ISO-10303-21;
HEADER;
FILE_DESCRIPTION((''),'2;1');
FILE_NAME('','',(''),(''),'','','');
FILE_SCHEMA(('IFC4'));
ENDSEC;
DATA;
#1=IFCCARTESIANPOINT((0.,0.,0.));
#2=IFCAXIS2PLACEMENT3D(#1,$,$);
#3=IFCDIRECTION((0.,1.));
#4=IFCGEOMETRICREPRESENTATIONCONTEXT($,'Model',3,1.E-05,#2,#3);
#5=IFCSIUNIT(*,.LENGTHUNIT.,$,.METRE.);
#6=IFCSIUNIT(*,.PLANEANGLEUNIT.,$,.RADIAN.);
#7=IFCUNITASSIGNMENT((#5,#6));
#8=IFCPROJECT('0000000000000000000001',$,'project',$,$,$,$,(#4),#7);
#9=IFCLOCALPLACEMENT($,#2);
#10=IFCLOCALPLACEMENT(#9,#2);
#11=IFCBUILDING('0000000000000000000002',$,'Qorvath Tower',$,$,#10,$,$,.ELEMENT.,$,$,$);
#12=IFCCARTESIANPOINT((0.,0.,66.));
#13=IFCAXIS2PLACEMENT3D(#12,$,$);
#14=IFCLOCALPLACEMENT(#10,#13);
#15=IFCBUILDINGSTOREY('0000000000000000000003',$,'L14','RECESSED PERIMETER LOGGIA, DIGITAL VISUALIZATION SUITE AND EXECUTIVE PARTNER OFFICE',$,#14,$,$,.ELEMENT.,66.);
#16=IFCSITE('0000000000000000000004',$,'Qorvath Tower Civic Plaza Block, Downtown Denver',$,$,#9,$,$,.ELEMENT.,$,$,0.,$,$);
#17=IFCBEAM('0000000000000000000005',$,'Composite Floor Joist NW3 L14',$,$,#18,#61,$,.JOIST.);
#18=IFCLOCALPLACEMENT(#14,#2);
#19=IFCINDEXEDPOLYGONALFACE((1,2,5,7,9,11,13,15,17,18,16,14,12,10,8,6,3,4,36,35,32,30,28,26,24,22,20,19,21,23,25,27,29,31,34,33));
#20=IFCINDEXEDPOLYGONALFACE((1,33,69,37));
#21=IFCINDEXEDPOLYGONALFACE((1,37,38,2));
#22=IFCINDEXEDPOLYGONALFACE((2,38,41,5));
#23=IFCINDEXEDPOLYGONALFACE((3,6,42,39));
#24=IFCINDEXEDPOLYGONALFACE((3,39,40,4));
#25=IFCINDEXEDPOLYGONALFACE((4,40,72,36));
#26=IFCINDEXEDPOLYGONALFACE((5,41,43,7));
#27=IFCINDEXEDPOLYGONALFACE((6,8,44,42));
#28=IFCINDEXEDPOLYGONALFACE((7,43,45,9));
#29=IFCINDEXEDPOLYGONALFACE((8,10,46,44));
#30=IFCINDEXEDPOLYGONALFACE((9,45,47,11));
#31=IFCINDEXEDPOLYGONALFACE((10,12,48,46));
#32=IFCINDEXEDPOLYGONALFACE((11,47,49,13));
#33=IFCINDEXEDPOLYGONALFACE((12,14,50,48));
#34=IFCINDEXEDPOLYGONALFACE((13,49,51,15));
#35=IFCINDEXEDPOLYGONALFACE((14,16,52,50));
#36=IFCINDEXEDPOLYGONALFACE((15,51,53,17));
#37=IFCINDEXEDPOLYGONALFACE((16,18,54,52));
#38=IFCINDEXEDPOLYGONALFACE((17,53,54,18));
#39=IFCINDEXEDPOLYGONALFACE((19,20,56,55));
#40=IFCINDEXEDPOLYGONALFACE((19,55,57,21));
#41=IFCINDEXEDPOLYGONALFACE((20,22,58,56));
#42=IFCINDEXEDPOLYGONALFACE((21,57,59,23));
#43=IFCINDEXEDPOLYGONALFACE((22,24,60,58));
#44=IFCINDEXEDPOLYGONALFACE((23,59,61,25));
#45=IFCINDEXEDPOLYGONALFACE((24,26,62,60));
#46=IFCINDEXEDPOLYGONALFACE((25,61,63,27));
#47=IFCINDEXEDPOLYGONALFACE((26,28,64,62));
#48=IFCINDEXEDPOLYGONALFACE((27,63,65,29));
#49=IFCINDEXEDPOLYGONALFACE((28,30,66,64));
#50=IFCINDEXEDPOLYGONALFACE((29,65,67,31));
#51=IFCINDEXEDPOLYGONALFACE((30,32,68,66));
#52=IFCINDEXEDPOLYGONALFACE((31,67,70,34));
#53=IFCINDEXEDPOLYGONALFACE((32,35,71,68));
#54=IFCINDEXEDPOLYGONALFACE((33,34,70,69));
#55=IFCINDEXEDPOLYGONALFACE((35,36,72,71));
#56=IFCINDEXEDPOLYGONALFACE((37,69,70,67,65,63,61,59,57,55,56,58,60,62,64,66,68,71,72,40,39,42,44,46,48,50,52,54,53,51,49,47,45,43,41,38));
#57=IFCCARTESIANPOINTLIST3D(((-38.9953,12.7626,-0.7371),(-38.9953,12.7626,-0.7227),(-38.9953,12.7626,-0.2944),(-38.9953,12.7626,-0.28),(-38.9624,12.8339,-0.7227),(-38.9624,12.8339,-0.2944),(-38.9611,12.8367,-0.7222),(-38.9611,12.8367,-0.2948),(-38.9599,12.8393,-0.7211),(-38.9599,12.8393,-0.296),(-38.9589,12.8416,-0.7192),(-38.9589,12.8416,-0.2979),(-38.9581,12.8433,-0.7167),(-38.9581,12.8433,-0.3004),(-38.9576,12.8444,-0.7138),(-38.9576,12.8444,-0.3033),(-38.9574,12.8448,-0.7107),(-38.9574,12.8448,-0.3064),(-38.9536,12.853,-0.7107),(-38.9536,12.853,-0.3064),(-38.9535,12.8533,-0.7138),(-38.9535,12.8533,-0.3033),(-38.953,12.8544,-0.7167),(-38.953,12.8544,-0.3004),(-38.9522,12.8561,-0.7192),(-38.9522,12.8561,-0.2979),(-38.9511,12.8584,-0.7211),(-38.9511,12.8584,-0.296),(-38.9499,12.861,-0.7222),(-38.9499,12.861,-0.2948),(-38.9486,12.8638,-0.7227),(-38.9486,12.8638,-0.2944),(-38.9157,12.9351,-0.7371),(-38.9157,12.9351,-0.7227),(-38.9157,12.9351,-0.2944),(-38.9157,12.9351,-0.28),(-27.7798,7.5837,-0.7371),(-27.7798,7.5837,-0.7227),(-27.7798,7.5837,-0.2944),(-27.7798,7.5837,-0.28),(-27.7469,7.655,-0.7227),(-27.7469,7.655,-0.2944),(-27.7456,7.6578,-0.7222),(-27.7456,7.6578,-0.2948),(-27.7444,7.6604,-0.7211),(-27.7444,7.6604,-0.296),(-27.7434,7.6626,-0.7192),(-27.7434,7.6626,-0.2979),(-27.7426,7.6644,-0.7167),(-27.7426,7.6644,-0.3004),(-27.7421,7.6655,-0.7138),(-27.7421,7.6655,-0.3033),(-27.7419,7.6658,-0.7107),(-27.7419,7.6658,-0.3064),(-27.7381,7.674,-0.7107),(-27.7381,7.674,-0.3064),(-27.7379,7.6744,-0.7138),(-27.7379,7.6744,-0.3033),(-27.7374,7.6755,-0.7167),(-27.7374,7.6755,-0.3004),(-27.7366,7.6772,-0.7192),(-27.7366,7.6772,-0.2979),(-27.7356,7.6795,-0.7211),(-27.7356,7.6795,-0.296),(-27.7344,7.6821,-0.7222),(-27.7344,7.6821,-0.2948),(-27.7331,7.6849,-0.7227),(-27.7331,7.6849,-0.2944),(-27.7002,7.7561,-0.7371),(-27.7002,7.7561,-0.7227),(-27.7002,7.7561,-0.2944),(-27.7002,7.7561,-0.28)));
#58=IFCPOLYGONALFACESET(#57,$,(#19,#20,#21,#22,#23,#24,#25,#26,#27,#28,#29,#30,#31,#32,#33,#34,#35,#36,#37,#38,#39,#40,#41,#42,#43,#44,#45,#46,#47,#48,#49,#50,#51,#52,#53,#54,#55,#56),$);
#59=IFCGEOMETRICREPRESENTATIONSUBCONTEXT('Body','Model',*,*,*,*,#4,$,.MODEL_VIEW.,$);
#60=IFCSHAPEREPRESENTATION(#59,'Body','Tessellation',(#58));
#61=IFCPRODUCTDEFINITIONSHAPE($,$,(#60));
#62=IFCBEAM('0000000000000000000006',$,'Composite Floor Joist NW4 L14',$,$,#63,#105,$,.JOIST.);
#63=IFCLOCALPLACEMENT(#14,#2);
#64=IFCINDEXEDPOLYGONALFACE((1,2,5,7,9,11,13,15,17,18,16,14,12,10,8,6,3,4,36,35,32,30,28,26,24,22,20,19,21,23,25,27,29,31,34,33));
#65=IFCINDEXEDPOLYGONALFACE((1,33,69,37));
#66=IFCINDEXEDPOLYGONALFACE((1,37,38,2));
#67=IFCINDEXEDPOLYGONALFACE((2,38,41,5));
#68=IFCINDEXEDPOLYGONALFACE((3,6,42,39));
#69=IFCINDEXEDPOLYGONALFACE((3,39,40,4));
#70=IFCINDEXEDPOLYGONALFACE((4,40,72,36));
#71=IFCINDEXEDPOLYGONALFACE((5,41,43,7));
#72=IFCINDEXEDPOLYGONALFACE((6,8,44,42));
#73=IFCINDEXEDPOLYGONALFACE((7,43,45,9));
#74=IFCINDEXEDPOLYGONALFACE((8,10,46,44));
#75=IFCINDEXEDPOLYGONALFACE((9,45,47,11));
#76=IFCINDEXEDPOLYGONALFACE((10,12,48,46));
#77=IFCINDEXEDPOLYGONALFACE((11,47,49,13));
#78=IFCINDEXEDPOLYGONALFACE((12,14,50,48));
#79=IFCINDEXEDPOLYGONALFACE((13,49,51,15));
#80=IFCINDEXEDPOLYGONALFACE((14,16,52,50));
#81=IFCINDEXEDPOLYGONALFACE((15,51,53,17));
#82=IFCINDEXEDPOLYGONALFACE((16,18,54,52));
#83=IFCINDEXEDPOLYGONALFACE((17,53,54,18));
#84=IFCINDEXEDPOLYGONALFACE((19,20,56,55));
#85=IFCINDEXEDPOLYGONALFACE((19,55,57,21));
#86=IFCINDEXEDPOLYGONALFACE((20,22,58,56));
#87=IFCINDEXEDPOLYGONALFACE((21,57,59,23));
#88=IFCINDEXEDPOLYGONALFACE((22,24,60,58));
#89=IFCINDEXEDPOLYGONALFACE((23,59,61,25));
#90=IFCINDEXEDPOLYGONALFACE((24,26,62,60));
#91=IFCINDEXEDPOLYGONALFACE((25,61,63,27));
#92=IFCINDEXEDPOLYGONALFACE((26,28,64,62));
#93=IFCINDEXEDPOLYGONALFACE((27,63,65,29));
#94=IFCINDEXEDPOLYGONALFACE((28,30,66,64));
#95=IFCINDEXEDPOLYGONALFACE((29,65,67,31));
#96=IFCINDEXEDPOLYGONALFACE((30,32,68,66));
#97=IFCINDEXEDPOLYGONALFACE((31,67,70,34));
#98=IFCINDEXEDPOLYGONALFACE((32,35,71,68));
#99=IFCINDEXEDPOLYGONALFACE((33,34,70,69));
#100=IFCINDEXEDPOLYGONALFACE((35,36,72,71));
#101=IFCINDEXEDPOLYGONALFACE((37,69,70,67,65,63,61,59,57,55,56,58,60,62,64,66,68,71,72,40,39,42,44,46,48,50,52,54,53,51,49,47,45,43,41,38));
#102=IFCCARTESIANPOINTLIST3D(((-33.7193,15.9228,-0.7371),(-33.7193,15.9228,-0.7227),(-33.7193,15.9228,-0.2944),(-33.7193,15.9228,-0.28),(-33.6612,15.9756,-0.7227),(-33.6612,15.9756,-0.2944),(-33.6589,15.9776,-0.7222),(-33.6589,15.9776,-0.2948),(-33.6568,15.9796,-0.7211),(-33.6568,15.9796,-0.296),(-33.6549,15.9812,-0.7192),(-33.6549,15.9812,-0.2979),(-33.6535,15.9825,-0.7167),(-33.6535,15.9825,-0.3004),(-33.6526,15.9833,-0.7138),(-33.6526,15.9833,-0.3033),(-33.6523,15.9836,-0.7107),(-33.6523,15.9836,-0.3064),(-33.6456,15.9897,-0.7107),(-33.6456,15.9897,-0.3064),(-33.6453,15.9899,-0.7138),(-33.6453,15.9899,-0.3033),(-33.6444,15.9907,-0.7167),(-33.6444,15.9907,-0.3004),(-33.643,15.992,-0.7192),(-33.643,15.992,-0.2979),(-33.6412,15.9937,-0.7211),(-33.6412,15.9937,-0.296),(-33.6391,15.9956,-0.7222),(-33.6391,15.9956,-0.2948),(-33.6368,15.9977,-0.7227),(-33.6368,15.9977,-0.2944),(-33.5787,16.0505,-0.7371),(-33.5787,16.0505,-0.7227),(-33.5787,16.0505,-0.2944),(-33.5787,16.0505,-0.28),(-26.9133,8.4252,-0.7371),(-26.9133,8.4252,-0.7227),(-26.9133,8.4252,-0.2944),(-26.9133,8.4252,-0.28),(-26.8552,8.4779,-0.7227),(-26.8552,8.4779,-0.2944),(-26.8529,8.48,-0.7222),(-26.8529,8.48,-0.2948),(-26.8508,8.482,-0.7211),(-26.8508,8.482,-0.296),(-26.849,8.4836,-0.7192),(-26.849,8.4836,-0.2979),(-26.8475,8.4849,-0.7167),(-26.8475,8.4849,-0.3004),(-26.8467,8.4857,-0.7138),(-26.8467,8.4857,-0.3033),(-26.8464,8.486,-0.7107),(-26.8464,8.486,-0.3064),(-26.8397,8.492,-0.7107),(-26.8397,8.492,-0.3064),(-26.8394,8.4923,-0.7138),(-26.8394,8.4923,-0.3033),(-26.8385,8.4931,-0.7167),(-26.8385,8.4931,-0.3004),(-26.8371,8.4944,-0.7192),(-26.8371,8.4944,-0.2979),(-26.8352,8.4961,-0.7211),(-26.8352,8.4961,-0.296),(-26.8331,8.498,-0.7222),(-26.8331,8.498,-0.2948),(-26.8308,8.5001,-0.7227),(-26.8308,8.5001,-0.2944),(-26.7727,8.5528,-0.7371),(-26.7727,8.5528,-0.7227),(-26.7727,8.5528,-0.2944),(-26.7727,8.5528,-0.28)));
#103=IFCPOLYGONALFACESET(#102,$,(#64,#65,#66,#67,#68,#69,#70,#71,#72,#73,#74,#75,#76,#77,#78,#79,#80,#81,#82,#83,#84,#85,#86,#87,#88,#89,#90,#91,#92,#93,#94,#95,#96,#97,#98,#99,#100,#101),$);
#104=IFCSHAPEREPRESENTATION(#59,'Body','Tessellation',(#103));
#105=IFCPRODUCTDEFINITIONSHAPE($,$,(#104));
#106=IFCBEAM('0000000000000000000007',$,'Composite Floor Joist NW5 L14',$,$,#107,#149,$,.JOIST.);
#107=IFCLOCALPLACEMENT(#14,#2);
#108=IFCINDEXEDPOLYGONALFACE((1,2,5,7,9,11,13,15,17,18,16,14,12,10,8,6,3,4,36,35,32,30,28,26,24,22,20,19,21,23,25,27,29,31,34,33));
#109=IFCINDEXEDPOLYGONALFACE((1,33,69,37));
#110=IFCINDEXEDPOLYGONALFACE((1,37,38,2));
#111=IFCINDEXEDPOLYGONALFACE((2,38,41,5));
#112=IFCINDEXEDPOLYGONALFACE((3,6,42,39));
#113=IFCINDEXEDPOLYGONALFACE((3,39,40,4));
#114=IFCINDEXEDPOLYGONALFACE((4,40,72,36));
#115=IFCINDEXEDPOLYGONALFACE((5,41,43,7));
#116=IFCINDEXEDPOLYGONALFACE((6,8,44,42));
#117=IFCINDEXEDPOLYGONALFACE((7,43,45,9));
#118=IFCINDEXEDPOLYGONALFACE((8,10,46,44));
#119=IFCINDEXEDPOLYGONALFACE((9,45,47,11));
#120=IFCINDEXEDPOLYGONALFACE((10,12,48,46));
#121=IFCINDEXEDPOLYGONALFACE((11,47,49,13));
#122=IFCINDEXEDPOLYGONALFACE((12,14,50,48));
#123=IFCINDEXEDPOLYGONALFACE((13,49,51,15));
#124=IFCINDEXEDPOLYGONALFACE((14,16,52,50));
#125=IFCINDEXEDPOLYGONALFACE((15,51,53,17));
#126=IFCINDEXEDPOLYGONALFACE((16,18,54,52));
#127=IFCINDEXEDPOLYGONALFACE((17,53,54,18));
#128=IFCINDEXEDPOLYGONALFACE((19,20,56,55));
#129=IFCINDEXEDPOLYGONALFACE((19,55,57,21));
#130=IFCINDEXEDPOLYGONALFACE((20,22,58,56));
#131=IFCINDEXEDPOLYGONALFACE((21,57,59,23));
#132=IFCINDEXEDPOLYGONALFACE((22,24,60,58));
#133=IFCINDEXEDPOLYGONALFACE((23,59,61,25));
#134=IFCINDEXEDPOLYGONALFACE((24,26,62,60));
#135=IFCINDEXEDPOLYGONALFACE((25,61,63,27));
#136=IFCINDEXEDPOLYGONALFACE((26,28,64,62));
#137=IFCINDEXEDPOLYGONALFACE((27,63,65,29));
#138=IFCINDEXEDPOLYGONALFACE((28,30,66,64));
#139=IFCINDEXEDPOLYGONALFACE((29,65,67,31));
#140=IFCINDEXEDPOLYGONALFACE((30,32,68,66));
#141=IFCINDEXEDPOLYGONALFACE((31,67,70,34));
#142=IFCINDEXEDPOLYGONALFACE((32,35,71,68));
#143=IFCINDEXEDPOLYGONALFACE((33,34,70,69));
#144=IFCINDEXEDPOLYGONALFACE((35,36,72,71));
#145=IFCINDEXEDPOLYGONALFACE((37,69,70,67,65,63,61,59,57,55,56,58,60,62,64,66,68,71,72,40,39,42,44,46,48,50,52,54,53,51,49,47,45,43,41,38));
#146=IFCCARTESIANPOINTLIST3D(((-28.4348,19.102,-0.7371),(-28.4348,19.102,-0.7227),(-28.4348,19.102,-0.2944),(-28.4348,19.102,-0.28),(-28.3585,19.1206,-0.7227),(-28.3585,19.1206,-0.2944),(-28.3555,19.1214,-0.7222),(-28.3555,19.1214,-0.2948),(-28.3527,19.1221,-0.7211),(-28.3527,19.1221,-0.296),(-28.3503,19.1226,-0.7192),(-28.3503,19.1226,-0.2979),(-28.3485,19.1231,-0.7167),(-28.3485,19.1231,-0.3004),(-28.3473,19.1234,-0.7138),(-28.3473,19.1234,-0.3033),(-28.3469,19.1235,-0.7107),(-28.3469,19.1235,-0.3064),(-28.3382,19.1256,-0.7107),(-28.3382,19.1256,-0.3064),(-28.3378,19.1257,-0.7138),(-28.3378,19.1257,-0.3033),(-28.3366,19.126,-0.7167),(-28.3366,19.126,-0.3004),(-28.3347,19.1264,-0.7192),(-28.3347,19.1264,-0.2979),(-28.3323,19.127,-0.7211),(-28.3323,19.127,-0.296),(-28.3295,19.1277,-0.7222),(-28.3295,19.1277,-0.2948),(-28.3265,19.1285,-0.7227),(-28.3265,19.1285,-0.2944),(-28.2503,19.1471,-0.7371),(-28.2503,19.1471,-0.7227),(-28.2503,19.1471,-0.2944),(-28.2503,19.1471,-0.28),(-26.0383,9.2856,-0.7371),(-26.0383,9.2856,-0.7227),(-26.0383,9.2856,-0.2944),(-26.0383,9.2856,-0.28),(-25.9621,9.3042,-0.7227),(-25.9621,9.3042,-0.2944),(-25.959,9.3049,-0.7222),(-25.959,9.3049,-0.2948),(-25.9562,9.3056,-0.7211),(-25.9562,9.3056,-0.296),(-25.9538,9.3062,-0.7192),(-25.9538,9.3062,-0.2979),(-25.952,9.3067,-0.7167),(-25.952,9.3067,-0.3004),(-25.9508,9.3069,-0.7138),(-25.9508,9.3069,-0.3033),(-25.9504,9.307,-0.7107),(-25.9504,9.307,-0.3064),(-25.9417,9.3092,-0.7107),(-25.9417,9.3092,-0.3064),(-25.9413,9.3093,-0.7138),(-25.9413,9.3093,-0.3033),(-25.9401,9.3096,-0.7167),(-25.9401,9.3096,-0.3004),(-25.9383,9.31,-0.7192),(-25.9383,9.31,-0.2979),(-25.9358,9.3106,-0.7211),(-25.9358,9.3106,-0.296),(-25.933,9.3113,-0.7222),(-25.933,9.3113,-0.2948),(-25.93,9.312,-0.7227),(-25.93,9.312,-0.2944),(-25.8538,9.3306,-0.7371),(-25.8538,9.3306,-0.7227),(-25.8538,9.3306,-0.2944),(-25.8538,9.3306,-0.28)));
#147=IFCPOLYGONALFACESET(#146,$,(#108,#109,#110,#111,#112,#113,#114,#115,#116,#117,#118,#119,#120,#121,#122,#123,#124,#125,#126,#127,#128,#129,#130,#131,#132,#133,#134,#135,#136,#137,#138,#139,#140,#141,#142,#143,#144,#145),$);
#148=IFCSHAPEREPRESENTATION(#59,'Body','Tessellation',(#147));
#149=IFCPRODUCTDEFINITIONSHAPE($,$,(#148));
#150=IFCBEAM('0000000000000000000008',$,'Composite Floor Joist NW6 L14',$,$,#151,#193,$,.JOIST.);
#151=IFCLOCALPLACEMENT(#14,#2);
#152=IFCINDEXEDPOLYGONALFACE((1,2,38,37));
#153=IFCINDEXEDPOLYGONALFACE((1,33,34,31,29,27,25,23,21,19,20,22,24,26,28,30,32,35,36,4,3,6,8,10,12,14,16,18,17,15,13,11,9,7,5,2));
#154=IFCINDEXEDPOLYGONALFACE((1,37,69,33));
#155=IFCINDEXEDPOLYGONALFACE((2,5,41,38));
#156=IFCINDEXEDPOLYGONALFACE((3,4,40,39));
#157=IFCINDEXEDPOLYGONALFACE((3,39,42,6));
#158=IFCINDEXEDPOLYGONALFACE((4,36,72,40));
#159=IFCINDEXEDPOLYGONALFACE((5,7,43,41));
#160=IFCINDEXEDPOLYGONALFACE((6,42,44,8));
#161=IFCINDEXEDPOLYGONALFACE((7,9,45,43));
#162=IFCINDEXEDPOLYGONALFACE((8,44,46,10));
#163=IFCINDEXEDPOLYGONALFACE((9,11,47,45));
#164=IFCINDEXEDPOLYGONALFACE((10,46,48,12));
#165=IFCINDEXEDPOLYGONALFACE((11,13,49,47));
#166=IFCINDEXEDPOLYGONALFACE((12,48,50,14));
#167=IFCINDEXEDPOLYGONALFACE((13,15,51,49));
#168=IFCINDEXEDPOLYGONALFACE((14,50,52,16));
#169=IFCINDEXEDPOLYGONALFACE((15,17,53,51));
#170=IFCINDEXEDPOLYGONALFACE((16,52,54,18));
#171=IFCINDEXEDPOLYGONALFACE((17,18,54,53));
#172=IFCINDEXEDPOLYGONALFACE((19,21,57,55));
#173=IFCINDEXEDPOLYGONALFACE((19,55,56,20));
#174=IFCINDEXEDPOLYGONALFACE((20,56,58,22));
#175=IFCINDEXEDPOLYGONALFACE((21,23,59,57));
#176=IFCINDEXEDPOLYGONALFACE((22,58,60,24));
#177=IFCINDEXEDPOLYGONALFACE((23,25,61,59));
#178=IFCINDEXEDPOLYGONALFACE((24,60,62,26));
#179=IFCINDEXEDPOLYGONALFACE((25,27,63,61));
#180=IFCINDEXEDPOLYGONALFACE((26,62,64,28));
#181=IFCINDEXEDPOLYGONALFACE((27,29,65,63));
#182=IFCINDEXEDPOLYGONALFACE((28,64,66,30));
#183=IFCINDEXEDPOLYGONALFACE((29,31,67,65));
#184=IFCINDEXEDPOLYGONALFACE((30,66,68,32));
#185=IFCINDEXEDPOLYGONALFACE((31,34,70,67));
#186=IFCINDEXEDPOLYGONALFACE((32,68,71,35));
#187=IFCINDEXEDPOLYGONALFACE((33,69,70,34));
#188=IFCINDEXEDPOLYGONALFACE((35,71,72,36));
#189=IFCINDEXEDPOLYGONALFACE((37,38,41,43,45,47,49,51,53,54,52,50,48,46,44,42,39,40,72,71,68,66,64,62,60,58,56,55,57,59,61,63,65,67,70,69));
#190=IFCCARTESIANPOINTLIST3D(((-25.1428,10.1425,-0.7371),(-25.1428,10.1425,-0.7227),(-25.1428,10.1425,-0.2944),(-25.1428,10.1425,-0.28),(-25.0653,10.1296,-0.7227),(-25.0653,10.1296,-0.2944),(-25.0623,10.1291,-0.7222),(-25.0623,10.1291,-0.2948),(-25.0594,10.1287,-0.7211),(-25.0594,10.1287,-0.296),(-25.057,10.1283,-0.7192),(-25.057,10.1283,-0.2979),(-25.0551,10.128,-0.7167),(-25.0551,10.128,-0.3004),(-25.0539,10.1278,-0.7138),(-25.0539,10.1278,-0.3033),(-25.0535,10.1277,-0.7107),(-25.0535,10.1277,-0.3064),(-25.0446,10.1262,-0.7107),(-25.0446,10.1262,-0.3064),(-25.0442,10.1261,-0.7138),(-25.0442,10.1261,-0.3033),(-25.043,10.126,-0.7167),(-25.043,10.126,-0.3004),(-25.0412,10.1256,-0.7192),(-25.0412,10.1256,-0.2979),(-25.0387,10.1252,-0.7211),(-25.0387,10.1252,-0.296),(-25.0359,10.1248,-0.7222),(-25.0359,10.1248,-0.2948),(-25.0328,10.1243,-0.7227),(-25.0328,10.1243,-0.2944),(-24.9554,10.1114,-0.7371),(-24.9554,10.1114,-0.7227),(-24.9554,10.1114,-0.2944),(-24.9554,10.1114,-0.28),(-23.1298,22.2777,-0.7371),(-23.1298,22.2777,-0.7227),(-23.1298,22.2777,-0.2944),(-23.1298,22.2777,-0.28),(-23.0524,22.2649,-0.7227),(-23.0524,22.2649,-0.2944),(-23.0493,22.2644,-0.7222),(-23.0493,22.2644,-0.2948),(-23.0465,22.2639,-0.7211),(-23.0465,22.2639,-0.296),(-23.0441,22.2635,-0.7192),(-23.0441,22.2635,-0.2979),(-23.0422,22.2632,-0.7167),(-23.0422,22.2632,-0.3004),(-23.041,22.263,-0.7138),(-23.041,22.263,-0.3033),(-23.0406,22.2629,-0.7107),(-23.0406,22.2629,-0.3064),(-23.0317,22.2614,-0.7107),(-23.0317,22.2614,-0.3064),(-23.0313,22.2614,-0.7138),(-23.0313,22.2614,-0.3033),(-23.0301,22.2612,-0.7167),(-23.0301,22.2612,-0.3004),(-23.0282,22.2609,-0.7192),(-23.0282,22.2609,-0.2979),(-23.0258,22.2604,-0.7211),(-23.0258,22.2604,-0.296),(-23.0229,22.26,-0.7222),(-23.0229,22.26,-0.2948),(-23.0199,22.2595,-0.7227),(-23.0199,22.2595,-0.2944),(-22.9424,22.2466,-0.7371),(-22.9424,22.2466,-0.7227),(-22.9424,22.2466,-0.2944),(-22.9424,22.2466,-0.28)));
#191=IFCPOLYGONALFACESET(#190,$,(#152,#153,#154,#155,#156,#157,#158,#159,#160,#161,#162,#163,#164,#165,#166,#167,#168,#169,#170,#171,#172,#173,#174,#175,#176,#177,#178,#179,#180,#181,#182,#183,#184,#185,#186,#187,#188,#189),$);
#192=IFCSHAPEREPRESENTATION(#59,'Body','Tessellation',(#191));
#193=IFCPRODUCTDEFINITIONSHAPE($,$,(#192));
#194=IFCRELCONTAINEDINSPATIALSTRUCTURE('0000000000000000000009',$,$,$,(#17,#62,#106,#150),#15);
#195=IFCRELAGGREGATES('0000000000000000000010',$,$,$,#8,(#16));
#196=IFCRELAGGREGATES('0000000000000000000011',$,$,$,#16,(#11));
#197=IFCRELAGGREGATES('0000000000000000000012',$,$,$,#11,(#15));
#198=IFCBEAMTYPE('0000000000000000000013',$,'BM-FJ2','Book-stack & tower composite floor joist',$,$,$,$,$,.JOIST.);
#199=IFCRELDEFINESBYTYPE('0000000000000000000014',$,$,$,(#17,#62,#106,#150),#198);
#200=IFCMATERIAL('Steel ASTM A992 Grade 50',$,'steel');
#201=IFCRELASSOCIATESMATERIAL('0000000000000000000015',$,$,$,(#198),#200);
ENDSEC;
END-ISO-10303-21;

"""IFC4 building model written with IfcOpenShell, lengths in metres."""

from ifc_helpers import new_model, si_unit, direction, frame, origin, origin_2d, place, context, subcontext, project, spatial, i_section, extrude, material, material_profile, profile_set, type_object, element, save


model = new_model("IFC4")

# Units and contexts
model_context = context("Model", 3, precision=1e-05, world=origin(), true_north=direction((0.0, 1.0)))
body_context = subcontext(model_context, "Body", "Model", "MODEL_VIEW")
ifc_project = project(units=[si_unit("LENGTHUNIT", "METRE"), si_unit("PLANEANGLEUNIT", "RADIAN")], contexts=[model_context])

# Site, building, storey
site_placement = place(None, origin())
site = spatial("IfcSite", under=ifc_project, at=site_placement, Name="Qorvath Tower Civic Plaza Block, Downtown Denver", CompositionType="ELEMENT", RefElevation=0.0)
building_placement = place(site_placement, origin())
building = spatial("IfcBuilding", under=site, at=building_placement, Name="Qorvath Tower", CompositionType="ELEMENT")
storey_placement = place(building_placement, frame((0.0, 0.0, 66.0)))
storey = spatial("IfcBuildingStorey", under=building, at=storey_placement, Name="L14", Description="RECESSED PERIMETER LOGGIA, DIGITAL VISUALIZATION SUITE AND EXECUTIVE PARTNER OFFICE", CompositionType="ELEMENT", Elevation=66.0)

# Beams
ifc_material_1 = material(Name="Steel ASTM A992 Grade 50", Category="steel")
ifc_material_profile_1 = material_profile(ifc_material_1, i_section(OverallWidth=0.1899, OverallDepth=0.457, WebThickness=0.009, FlangeThickness=0.0144, FilletRadius=0.012, at=origin_2d()), Name="W18x50")
ifc_profile_set_1 = profile_set([ifc_material_profile_1], Name="Steel ASTM A992 Grade 50")
beam_type_1 = type_object("IfcBeamType", Name="BM-FJ2", Description="Book-stack & tower composite floor joist", PredefinedType="JOIST", material=ifc_profile_set_1)
beam_1_placement = place(storey_placement, frame((-27.74, 7.6699, -0.5085), z_axis=(-0.907881, 0.419227, 0.0), x_axis=(-0.419227, -0.907881, 0.0)))
element("IfcBeam", 1, at=beam_1_placement, inside=storey, type_object=beam_type_1, Name="Composite Floor Joist NW3 L14", PredefinedType="JOIST", context=body_context, shape_type="SweptSolid", body=[
    extrude(i_section(OverallWidth=0.1899, OverallDepth=0.457, WebThickness=0.009, FlangeThickness=0.0144, FilletRadius=0.012, at=origin_2d()), origin(), (0.0, 0.0, 1.0), 12.3535),
])
beam_2_placement = place(storey_placement, frame((-26.843, 8.489, -0.5085), z_axis=(-0.672129, 0.740434, 0.0), x_axis=(-0.740434, -0.672129, 0.0)))
element("IfcBeam", 2, at=beam_2_placement, inside=storey, type_object=beam_type_1, Name="Composite Floor Joist NW4 L14", PredefinedType="JOIST", context=body_context, shape_type="SweptSolid", body=[
    extrude(i_section(OverallWidth=0.1899, OverallDepth=0.457, WebThickness=0.009, FlangeThickness=0.0144, FilletRadius=0.012, at=origin_2d()), origin(), (0.0, 0.0, 1.0), 10.126),
])
beam_3_placement = place(storey_placement, frame((-25.946, 9.3081, -0.5085), z_axis=(-0.237165, 0.971469, 0.0), x_axis=(-0.971469, -0.237165, 0.0)))
element("IfcBeam", 3, at=beam_3_placement, inside=storey, type_object=beam_type_1, Name="Composite Floor Joist NW5 L14", PredefinedType="JOIST", context=body_context, shape_type="SweptSolid", body=[
    extrude(i_section(OverallWidth=0.1899, OverallDepth=0.457, WebThickness=0.009, FlangeThickness=0.0144, FilletRadius=0.012, at=origin_2d()), origin(), (0.0, 0.0, 1.0), 10.1047),
])
beam_4_placement = place(storey_placement, frame((-25.0491, 10.127, -0.5085), z_axis=(0.163639, 0.98652, 0.0), x_axis=(-0.98652, 0.163639, 0.0)))
element("IfcBeam", 4, at=beam_4_placement, inside=storey, type_object=beam_type_1, Name="Composite Floor Joist NW6 L14", PredefinedType="JOIST", context=body_context, shape_type="SweptSolid", body=[
    extrude(i_section(OverallWidth=0.1899, OverallDepth=0.457, WebThickness=0.009, FlangeThickness=0.0144, FilletRadius=0.012, at=origin_2d()), origin(), (0.0, 0.0, 1.0), 12.301),
])

save(model, "model.ifc")
